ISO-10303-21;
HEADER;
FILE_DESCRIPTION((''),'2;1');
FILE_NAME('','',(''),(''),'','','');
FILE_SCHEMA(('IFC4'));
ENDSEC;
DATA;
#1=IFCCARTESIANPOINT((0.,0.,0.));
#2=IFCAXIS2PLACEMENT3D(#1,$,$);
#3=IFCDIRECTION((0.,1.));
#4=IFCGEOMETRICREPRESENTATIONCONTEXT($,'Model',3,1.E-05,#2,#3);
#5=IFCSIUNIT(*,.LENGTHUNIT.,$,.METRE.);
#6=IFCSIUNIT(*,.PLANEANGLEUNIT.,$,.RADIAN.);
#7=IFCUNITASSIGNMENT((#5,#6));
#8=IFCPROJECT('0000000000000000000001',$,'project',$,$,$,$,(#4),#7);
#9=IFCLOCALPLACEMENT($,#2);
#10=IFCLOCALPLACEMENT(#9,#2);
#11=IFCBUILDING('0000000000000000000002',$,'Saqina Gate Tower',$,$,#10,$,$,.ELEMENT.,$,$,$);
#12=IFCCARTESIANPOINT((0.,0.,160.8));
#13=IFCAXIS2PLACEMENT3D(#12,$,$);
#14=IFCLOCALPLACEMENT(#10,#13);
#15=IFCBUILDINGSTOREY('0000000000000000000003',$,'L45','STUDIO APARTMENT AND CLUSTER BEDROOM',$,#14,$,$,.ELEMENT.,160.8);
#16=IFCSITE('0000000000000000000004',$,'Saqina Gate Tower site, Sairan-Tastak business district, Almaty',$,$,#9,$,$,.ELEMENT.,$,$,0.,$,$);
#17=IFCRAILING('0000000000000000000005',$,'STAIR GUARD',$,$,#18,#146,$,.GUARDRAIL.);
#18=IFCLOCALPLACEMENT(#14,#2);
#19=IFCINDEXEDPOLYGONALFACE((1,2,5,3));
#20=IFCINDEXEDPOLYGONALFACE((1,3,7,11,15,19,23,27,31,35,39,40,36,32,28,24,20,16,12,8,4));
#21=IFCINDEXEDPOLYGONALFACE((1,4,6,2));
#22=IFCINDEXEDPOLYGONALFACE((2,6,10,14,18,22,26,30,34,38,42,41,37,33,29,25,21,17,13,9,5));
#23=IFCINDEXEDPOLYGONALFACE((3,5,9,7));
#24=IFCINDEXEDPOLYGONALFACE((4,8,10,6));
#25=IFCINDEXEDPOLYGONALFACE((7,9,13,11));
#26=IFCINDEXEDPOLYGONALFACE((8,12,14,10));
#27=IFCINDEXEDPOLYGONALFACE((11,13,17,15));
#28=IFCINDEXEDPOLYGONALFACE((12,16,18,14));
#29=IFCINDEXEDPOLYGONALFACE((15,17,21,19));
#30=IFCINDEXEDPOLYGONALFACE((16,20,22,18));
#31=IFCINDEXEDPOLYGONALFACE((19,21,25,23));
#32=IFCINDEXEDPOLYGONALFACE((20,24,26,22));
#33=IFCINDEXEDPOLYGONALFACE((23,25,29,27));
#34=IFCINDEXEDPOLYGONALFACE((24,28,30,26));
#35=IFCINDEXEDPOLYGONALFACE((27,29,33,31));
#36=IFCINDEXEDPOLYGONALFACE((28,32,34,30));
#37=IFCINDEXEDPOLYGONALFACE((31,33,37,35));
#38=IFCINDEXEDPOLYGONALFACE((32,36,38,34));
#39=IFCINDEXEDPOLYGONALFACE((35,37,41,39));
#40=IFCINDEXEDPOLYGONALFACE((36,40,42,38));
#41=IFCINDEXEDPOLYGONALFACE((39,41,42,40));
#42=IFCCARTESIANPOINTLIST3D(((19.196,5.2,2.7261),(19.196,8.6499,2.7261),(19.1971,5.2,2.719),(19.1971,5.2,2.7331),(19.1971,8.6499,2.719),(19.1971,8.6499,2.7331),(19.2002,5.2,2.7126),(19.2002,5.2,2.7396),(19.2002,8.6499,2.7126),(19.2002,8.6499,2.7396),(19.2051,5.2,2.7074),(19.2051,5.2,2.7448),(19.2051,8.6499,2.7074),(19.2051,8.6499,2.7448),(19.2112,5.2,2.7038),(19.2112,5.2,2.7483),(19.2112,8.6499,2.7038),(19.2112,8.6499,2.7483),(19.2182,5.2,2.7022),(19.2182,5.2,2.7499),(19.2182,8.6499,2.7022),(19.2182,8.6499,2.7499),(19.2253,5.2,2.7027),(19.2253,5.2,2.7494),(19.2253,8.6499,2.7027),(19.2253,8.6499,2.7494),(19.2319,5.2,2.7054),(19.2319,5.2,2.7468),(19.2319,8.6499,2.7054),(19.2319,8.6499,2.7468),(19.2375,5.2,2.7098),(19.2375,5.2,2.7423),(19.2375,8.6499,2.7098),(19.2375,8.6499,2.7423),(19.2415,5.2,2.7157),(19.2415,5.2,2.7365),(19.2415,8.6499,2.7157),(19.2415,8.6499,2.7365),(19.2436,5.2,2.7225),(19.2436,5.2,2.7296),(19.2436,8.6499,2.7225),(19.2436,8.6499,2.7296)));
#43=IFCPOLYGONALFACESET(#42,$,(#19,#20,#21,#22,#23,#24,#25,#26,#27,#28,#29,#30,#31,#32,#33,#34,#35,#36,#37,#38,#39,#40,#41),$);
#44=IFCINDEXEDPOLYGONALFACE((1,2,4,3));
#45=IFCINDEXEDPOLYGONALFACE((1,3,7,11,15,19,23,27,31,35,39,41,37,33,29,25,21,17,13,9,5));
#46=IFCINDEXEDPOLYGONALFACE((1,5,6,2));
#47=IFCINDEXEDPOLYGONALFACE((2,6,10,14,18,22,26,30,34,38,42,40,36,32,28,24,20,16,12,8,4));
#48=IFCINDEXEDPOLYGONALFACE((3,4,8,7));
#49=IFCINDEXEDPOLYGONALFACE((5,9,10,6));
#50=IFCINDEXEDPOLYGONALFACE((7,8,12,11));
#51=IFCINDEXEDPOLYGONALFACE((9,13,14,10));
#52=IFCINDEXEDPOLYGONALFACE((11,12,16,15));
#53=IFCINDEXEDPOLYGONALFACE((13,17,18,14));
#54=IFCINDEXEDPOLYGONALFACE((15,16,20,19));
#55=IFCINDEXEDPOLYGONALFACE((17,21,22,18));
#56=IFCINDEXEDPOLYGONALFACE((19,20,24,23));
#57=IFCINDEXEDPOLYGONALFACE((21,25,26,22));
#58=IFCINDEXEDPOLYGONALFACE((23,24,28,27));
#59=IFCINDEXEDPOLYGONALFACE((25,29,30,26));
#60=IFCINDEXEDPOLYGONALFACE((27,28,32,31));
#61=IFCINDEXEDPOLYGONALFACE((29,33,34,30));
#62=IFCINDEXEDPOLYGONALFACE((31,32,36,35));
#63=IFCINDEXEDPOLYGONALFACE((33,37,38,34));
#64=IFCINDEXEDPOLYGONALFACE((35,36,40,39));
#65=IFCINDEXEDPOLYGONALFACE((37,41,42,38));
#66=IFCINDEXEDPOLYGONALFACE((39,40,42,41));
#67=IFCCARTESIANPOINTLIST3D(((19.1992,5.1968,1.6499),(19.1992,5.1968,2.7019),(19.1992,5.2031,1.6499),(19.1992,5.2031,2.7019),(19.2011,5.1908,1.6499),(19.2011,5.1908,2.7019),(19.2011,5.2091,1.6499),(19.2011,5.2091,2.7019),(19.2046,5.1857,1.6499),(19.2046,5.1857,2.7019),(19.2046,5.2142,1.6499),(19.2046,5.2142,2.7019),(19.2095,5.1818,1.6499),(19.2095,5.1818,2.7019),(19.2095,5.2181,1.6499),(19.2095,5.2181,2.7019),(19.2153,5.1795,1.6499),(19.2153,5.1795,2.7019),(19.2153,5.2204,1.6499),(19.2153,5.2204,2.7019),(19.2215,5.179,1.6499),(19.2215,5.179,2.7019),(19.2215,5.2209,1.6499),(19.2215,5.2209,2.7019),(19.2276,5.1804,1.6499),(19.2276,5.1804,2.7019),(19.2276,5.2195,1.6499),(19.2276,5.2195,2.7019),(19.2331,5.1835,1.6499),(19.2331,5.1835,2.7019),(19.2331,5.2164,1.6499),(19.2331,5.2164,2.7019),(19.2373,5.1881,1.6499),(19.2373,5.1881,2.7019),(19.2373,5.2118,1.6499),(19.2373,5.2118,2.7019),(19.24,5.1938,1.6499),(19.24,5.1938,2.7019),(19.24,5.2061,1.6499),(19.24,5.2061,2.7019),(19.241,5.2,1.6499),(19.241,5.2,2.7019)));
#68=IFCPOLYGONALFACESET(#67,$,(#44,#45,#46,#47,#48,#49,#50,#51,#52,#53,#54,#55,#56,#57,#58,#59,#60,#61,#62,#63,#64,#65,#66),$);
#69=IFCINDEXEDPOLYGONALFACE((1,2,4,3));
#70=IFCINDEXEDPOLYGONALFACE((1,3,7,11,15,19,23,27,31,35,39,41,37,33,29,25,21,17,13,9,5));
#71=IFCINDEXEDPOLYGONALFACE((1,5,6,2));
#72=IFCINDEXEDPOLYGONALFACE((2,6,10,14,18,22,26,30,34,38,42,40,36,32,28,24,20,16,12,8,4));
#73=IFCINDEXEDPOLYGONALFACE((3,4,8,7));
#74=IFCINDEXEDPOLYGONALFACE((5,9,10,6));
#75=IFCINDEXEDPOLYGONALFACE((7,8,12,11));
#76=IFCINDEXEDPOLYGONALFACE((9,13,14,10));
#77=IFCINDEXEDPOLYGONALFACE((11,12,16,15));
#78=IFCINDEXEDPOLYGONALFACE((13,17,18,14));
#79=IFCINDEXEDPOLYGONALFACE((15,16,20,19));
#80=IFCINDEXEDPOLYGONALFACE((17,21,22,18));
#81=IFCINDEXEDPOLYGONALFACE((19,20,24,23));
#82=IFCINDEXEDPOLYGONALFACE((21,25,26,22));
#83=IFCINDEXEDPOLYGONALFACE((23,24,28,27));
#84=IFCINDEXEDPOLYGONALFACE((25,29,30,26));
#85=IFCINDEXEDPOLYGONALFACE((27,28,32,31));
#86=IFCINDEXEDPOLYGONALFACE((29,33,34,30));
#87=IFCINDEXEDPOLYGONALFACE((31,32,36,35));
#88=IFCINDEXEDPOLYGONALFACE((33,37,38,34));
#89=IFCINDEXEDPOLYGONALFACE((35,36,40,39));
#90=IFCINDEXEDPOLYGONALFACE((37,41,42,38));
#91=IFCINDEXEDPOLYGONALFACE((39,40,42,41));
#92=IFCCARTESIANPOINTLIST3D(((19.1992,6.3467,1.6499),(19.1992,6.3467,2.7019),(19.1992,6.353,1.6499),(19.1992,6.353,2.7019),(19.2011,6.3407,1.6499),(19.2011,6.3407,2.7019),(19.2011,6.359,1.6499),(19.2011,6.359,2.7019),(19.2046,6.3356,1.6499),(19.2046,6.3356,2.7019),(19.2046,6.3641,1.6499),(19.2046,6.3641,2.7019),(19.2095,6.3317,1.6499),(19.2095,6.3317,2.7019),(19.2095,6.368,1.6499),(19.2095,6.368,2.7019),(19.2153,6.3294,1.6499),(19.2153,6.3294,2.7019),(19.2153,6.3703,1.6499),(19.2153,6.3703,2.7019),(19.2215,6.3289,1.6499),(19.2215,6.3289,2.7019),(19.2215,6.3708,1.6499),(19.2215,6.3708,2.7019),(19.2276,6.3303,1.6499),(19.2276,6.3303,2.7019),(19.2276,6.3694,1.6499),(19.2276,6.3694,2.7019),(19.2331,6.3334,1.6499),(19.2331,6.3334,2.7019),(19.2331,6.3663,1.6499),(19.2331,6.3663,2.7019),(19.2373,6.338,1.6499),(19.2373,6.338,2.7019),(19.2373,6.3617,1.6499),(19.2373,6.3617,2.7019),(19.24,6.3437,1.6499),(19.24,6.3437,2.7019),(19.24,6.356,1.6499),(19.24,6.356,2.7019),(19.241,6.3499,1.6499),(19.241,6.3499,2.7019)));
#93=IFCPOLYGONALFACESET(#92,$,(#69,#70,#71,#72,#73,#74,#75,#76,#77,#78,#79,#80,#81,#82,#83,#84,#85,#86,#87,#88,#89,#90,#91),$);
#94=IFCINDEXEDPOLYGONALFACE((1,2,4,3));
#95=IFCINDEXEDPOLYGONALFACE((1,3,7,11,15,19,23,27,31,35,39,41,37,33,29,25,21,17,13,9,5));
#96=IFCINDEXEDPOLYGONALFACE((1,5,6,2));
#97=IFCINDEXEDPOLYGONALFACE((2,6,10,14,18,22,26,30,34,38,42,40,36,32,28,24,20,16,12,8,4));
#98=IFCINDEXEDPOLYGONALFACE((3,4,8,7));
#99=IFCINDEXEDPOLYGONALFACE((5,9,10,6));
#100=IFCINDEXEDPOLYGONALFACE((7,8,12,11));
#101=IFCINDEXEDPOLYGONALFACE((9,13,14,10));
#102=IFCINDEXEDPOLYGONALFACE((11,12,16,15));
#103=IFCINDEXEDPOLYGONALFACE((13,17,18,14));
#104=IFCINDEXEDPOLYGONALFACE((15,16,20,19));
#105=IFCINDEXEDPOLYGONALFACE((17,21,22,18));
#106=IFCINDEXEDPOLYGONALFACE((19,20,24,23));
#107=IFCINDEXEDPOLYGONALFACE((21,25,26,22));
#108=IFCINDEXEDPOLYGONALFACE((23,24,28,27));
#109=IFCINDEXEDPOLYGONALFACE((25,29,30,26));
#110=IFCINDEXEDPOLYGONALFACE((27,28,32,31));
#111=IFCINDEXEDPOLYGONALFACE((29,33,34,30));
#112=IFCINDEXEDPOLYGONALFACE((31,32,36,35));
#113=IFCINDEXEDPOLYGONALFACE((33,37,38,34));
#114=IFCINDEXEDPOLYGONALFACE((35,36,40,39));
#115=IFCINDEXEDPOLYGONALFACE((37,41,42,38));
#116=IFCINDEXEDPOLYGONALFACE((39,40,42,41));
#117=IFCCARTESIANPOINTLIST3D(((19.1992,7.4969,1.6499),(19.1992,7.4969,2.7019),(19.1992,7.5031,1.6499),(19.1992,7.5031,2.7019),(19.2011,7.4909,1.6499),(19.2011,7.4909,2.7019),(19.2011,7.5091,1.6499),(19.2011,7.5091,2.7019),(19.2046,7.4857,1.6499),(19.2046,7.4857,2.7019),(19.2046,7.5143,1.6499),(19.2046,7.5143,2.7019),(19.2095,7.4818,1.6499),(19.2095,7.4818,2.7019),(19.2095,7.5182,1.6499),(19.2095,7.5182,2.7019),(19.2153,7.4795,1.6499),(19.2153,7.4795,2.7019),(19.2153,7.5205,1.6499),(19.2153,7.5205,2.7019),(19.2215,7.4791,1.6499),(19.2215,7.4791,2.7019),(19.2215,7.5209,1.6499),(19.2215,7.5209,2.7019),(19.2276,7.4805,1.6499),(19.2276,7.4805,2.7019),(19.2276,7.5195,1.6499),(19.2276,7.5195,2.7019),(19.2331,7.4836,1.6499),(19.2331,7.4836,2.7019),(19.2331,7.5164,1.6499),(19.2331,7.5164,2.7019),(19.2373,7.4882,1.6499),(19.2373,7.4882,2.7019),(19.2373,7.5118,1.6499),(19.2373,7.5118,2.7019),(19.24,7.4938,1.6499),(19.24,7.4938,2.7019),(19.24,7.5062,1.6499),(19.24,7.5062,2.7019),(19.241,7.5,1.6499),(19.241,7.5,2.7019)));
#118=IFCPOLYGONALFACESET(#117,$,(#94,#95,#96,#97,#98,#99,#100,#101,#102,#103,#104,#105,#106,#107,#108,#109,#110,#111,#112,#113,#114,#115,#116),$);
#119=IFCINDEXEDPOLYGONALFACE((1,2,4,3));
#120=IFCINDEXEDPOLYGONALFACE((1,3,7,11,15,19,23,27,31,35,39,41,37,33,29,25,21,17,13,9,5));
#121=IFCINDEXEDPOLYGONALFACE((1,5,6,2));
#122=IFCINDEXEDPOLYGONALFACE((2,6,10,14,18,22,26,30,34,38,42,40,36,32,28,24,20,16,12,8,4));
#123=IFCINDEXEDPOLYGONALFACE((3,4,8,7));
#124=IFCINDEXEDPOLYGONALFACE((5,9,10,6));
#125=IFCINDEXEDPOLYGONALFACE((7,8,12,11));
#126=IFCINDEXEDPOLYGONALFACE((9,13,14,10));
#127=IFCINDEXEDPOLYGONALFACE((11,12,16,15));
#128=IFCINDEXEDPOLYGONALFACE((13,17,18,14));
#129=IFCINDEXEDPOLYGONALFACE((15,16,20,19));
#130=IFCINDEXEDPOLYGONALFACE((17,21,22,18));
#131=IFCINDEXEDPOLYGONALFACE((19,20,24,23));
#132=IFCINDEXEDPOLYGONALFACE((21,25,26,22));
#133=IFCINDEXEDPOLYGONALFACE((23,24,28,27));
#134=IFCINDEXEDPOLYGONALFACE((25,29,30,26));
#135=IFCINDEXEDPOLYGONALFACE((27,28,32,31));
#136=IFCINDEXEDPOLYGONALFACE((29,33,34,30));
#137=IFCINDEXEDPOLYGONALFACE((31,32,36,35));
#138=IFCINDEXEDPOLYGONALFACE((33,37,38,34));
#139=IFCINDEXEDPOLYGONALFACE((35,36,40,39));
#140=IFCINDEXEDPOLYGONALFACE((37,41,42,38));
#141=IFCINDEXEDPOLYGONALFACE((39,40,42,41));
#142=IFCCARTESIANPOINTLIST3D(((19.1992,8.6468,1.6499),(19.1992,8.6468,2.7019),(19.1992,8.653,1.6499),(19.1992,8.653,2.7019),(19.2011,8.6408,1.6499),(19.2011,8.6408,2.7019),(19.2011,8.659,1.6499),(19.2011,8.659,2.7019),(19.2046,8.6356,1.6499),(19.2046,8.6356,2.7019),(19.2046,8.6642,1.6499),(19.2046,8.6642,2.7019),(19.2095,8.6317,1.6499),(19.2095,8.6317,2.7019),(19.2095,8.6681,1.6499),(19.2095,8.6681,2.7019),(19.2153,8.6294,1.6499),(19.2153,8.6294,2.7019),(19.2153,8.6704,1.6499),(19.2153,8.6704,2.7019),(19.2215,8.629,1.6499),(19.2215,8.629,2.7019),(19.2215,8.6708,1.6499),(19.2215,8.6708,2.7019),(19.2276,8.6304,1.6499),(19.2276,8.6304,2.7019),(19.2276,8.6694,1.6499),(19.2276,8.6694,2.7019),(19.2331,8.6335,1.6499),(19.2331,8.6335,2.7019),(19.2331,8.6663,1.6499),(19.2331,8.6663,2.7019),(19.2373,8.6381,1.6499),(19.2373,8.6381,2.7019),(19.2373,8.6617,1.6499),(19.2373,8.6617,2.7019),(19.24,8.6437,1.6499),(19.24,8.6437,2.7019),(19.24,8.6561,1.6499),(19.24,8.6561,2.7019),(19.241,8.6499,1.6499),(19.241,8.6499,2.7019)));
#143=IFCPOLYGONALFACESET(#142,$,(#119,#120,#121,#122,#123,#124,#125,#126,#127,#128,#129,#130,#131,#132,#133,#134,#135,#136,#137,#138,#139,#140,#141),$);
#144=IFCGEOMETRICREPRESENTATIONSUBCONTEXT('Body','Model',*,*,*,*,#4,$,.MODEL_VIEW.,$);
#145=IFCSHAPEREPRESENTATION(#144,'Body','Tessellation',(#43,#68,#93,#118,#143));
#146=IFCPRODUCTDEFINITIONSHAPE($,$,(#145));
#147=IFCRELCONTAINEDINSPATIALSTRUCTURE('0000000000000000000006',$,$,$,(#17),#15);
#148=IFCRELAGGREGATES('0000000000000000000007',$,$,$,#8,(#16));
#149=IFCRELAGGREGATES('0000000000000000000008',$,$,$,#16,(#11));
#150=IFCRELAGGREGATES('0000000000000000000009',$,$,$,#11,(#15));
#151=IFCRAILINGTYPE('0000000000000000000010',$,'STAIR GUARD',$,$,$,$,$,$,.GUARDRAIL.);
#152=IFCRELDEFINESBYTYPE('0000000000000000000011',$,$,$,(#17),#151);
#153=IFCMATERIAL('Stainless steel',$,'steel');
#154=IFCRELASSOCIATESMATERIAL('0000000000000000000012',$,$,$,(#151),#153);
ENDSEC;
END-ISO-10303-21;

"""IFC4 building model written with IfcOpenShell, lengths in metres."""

from ifc_helpers import new_model, si_unit, direction, frame, origin, origin_2d, place, context, subcontext, project, spatial, circle, extrude, material, type_object, element, save


model = new_model("IFC4")

# Units and contexts
model_context = context("Model", 3, precision=1e-05, world=origin(), true_north=direction((0.0, 1.0)))
body_context = subcontext(model_context, "Body", "Model", "MODEL_VIEW")
ifc_project = project(units=[si_unit("LENGTHUNIT", "METRE"), si_unit("PLANEANGLEUNIT", "RADIAN")], contexts=[model_context])

# Site, building, storey
site_placement = place(None, origin())
site = spatial("IfcSite", under=ifc_project, at=site_placement, Name="Saqina Gate Tower site, Sairan-Tastak business district, Almaty", CompositionType="ELEMENT", RefElevation=0.0)
building_placement = place(site_placement, origin())
building = spatial("IfcBuilding", under=site, at=building_placement, Name="Saqina Gate Tower", CompositionType="ELEMENT")
storey_placement = place(building_placement, frame((0.0, 0.0, 160.8)))
storey = spatial("IfcBuildingStorey", under=building, at=storey_placement, Name="L45", Description="STUDIO APARTMENT AND CLUSTER BEDROOM", CompositionType="ELEMENT", Elevation=160.8)

# Railing
ifc_material_1 = material(Name="Stainless steel", Category="steel")
railing_type_1 = type_object("IfcRailingType", Name="STAIR GUARD", PredefinedType="GUARDRAIL", material=ifc_material_1)
railing_1_placement = place(storey_placement, frame((19.22, 5.2, 1.6499)))
element("IfcRailing", 1, at=railing_1_placement, inside=storey, type_object=railing_type_1, Name="STAIR GUARD", PredefinedType="GUARDRAIL", context=body_context, shape_type="SweptSolid", body=[
    extrude(circle(Radius=0.0239, at=origin_2d()), frame((0.0, 0.0, 1.0762), z_axis=(0.0, 1.0, 0.0), x_axis=(-1.0, 0.0, 0.0)), (0.0, 0.0, 1.0), 3.45),
    extrude(circle(Radius=0.021, at=origin_2d()), origin(), (0.0, 0.0, 1.0), 1.052),
    extrude(circle(Radius=0.021, at=origin_2d()), frame((0.0, 1.1499, 0.0)), (0.0, 0.0, 1.0), 1.052),
    extrude(circle(Radius=0.021, at=origin_2d()), frame((0.0, 2.3, 0.0)), (0.0, 0.0, 1.0), 1.052),
    extrude(circle(Radius=0.021, at=origin_2d()), frame((0.0, 3.45, 0.0)), (0.0, 0.0, 1.0), 1.052),
])

save(model, "model.ifc")
